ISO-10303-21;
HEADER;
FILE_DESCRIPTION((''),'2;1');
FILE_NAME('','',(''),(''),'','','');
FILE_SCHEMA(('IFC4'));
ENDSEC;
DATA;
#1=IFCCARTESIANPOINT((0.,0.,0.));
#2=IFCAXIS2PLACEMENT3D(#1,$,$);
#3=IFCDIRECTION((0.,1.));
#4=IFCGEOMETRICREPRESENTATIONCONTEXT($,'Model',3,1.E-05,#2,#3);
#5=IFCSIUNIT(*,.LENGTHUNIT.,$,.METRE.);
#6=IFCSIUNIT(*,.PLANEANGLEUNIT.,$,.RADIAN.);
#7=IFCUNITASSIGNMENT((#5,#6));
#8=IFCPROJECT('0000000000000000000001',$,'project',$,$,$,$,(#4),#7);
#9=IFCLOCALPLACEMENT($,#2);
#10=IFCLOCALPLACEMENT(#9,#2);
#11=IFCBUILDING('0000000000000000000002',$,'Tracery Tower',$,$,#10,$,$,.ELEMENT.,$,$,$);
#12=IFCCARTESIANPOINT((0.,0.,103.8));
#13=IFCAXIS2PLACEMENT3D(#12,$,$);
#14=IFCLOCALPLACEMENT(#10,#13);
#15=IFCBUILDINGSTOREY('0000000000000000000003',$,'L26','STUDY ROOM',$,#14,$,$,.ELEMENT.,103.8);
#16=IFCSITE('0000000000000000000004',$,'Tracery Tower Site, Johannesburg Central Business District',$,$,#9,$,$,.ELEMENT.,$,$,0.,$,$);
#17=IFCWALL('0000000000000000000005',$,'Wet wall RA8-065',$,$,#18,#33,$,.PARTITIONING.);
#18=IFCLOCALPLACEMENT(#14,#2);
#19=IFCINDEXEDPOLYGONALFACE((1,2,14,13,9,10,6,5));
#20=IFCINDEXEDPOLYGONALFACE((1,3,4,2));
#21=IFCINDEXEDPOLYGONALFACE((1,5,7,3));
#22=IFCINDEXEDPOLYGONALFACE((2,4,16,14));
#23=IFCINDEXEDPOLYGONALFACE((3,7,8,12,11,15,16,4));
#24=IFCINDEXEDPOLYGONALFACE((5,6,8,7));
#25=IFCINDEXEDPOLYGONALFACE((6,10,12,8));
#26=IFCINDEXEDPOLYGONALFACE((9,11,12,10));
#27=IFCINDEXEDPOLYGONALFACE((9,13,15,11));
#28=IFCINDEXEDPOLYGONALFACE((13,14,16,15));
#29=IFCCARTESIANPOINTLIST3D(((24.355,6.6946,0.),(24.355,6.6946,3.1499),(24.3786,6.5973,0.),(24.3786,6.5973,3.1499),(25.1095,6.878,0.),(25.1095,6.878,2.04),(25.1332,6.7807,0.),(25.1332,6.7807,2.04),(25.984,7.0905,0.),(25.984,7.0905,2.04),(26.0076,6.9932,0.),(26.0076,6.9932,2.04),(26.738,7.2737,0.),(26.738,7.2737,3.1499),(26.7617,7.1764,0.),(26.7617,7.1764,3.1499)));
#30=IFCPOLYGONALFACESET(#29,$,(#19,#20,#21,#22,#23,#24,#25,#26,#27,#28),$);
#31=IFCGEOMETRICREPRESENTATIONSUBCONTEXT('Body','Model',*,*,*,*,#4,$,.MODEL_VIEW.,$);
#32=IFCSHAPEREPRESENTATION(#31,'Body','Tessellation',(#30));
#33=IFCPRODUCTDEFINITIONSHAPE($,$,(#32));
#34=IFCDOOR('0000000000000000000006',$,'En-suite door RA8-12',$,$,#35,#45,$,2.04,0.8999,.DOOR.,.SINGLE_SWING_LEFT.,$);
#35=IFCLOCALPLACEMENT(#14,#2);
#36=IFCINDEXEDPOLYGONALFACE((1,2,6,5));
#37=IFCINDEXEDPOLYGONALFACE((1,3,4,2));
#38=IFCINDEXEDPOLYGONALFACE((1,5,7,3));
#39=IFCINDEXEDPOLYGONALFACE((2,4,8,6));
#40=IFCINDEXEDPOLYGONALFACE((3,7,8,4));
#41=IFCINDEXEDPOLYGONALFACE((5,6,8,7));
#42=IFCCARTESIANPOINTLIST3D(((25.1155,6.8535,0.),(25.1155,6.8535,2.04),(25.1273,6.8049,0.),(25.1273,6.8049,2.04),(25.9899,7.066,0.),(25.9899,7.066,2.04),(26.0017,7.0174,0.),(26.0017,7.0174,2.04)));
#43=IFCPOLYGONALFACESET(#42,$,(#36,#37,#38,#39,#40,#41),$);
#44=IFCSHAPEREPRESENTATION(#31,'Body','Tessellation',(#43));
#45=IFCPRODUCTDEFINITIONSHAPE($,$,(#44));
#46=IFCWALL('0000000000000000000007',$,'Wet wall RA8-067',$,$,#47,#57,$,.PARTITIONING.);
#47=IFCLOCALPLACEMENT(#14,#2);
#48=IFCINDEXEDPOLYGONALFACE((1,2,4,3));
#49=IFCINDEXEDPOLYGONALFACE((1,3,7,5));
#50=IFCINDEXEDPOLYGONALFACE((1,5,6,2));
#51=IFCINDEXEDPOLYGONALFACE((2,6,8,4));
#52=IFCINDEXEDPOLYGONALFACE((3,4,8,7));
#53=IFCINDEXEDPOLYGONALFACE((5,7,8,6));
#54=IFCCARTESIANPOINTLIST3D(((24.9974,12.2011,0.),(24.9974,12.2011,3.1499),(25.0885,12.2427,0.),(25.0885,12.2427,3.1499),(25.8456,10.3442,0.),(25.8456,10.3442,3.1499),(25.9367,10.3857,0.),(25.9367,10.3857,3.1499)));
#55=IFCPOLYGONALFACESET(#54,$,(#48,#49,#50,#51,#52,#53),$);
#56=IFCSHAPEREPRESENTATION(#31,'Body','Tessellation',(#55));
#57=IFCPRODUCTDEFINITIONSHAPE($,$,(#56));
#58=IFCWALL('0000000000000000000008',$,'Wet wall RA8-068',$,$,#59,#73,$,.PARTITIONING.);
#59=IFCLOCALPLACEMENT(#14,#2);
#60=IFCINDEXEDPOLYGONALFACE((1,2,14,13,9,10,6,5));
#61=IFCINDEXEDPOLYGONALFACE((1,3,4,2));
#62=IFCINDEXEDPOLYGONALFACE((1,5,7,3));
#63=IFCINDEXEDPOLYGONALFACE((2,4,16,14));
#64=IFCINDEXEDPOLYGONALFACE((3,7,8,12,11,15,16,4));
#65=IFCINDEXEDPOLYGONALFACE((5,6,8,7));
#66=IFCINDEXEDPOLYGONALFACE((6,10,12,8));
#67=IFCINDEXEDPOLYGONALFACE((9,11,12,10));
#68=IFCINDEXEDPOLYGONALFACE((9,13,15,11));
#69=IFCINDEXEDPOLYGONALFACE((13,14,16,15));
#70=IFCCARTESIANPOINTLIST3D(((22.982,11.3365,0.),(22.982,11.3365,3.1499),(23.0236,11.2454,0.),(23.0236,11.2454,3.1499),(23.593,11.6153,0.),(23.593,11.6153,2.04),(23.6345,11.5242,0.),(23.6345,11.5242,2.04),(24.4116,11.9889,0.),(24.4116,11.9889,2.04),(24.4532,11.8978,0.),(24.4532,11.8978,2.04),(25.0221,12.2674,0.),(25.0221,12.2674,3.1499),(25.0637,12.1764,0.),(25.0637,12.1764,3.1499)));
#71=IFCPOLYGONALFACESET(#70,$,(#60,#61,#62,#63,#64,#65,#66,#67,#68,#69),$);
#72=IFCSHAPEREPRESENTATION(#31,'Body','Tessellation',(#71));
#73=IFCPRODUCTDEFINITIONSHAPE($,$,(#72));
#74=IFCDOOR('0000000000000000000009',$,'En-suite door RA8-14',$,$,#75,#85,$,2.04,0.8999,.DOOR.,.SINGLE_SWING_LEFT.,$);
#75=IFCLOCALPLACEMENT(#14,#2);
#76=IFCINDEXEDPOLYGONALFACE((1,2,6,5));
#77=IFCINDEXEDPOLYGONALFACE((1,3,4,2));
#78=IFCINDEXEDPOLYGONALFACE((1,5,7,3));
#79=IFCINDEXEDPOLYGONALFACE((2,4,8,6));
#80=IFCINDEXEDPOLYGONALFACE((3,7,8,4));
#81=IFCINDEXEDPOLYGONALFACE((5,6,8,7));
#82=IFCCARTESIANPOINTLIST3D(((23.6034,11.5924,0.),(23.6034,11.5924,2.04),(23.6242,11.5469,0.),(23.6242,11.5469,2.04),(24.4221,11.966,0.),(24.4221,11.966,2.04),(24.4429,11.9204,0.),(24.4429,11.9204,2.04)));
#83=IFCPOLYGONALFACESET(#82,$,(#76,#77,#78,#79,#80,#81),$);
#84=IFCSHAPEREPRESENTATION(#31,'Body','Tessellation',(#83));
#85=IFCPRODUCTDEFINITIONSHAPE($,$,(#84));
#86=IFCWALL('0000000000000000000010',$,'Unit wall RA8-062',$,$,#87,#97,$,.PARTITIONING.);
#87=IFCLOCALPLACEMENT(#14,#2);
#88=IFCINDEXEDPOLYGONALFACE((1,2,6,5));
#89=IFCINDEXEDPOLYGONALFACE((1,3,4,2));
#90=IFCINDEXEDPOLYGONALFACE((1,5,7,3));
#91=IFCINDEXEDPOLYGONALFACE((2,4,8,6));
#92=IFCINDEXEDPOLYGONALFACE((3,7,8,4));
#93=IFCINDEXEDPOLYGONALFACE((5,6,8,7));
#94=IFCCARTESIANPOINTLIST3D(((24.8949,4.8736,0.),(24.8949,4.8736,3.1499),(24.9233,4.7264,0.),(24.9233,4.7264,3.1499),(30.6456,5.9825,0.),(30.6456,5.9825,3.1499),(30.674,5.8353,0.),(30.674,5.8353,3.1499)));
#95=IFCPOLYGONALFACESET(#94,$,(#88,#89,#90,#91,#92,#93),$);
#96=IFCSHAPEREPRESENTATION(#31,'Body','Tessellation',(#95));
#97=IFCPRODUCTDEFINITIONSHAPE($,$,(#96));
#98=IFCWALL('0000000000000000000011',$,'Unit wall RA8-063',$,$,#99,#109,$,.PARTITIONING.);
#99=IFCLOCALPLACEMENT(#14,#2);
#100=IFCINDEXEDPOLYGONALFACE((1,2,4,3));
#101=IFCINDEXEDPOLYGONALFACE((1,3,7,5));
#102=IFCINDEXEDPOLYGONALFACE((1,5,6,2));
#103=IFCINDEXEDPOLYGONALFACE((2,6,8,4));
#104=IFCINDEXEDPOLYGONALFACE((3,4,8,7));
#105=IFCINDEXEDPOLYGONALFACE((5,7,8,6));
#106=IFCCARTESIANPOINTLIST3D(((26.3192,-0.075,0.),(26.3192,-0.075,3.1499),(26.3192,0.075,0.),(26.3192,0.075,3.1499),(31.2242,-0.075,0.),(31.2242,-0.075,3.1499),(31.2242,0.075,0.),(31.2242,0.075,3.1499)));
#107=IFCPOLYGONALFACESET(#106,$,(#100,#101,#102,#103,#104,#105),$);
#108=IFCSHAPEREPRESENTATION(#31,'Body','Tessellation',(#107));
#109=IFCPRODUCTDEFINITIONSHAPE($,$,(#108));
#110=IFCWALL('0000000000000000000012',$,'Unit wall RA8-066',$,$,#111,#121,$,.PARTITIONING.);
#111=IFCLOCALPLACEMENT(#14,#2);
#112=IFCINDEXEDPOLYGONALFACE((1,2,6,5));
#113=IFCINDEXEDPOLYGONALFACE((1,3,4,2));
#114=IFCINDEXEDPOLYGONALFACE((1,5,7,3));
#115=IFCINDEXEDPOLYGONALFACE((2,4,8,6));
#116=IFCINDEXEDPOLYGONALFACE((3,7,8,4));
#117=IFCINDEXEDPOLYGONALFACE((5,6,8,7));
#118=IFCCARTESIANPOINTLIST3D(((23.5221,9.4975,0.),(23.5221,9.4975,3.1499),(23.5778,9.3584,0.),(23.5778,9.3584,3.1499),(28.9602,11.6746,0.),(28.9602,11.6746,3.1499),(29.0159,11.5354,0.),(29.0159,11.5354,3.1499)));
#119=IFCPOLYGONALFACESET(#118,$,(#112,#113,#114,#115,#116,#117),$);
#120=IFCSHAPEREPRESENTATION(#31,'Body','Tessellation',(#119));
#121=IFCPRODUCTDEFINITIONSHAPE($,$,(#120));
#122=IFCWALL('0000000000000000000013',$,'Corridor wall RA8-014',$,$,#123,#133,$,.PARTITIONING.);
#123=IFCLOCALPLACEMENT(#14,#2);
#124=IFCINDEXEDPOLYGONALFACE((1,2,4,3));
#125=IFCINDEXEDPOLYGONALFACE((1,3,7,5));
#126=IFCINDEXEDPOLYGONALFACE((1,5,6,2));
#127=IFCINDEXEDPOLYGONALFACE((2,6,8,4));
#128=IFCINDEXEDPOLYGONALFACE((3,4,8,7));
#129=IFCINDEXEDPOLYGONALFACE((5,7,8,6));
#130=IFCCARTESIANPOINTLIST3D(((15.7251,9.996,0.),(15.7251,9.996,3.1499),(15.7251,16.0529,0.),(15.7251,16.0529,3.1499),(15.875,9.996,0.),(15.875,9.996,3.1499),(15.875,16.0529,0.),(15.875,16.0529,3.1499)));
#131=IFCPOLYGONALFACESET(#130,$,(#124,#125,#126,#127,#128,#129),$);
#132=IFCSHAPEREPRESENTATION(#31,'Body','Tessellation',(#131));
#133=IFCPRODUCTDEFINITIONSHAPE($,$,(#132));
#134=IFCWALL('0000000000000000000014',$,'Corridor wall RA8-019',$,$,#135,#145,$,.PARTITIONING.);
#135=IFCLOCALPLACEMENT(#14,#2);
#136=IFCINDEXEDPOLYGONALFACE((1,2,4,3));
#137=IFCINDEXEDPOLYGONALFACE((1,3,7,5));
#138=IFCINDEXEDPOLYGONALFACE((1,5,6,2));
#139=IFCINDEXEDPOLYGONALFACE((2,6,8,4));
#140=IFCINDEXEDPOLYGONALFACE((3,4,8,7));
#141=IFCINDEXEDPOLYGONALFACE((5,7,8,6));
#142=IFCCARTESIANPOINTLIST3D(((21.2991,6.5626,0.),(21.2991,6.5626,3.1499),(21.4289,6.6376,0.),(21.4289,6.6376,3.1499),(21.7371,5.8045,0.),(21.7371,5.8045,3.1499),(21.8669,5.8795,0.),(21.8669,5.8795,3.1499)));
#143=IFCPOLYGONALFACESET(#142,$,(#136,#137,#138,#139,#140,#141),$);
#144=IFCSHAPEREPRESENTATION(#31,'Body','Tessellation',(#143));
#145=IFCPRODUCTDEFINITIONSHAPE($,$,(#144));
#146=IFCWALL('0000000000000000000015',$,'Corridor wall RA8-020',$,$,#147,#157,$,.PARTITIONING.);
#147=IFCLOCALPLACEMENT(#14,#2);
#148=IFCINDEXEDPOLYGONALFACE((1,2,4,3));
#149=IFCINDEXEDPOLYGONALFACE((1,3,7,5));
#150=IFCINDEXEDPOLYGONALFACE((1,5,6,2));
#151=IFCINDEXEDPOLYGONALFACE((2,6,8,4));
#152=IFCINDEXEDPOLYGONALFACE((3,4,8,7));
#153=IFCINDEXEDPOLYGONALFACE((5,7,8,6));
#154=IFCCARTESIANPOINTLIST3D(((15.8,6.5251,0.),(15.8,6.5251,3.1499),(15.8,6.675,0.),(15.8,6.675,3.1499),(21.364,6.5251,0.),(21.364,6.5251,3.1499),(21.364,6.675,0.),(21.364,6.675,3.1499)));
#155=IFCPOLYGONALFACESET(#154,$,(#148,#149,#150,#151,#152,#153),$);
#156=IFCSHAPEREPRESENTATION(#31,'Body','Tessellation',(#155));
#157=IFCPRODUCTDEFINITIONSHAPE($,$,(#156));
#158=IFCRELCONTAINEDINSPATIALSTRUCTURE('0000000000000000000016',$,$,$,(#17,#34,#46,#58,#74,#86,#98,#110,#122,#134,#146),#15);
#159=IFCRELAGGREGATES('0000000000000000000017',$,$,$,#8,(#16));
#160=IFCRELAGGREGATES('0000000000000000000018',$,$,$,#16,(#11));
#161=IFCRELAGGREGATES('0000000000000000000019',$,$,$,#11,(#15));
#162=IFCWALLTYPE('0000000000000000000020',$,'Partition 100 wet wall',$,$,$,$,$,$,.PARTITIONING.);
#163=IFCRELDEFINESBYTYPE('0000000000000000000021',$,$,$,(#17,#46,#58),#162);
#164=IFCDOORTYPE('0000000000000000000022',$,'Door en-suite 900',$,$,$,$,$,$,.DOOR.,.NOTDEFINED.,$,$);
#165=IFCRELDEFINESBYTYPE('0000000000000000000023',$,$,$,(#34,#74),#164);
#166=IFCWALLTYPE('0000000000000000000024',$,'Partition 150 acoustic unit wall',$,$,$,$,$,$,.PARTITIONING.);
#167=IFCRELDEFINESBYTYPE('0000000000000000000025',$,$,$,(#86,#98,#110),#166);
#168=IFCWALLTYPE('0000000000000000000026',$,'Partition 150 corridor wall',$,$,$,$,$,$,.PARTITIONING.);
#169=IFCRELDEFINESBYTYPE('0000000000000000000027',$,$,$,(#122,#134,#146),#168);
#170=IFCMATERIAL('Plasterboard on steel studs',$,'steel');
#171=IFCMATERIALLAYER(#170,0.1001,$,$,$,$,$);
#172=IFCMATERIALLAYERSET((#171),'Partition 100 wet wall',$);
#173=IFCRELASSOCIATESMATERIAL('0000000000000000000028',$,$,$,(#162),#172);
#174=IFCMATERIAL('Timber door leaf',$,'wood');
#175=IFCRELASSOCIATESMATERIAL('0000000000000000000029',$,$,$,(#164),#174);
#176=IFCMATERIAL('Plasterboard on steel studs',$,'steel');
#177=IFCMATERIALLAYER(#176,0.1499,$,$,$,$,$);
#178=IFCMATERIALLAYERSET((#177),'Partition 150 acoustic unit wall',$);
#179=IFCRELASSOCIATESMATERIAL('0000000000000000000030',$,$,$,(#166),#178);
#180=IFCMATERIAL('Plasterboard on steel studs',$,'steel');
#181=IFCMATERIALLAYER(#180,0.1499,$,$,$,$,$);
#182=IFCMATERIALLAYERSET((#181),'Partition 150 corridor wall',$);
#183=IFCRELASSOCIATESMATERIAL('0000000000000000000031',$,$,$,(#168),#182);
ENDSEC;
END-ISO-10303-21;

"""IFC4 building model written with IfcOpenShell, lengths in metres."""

from ifc_helpers import new_model, si_unit, direction, frame, frame_2d, origin, place, context, subcontext, project, spatial, rectangle, extrude, material, layer, layer_set, type_object, element, fill, save


model = new_model("IFC4")

# Units and contexts
model_context = context("Model", 3, precision=1e-05, world=origin(), true_north=direction((0.0, 1.0)))
body_context = subcontext(model_context, "Body", "Model", "MODEL_VIEW")
ifc_project = project(units=[si_unit("LENGTHUNIT", "METRE"), si_unit("PLANEANGLEUNIT", "RADIAN")], contexts=[model_context])

# Site, building, storey
site_placement = place(None, origin())
site = spatial("IfcSite", under=ifc_project, at=site_placement, Name="Tracery Tower Site, Johannesburg Central Business District", CompositionType="ELEMENT", RefElevation=0.0)
building_placement = place(site_placement, origin())
building = spatial("IfcBuilding", under=site, at=building_placement, Name="Tracery Tower", CompositionType="ELEMENT")
storey_placement = place(building_placement, frame((0.0, 0.0, 103.8)))
storey = spatial("IfcBuildingStorey", under=building, at=storey_placement, Name="L26", Description="STUDY ROOM", CompositionType="ELEMENT", Elevation=103.8)

# Shared definitions
ifc_material_1 = material(Name="Plasterboard on steel studs", Category="steel")
ifc_layer_1 = layer(ifc_material_1, 0.1001)
ifc_layer_set_1 = layer_set([ifc_layer_1], Name="Partition 100 wet wall")
wall_type_1 = type_object("IfcWallType", Name="Partition 100 wet wall", PredefinedType="PARTITIONING", material=ifc_layer_set_1)

# Shared definitions
ifc_material_2 = material(Name="Timber door leaf", Category="wood")
door_type = type_object("IfcDoorType", Name="Door en-suite 900", OperationType="NOTDEFINED", PredefinedType="DOOR", material=ifc_material_2)

# Wall, opening, door
wall_1_placement = place(storey_placement, frame((24.3669, 6.646, 0.0), z_axis=(0.0, 0.0, 1.0), x_axis=(0.97172, 0.236136, 0.0)))
wall_1 = element("IfcWall", 1, at=wall_1_placement, inside=storey, type_object=wall_type_1, Name="Wet wall RA8-065", PredefinedType="PARTITIONING", context=body_context, shape_type="SweptSolid", body=[
    extrude(rectangle(XDim=2.4524, YDim=0.1001, at=frame_2d((1.2261, 0.0))), origin(), (0.0, 0.0, 1.0), 3.1499),
])
opening_1_placement = place(wall_1_placement, frame((0.7764, 0.0, 0.0)))
opening_1 = element("IfcOpeningElement", 2, at=opening_1_placement, cuts=wall_1, PredefinedType="OPENING", context=body_context, shape_type="SweptSolid", body=[
    extrude(rectangle(XDim=0.8999, YDim=2.04, at=frame_2d((0.45, 1.02))), frame((0.0, 0.05, 0.0), z_axis=(0.0, -1.0, 0.0), x_axis=(1.0, 0.0, 0.0)), (0.0, 0.0, 1.0), 0.1001),
])
door_1_placement = place(opening_1_placement, origin())
door_1 = element("IfcDoor", 3, at=door_1_placement, inside=storey, type_object=door_type, Name="En-suite door RA8-12", OperationType="SINGLE_SWING_LEFT", OverallHeight=2.04, OverallWidth=0.8999, PredefinedType="DOOR", context=body_context, shape_type="SweptSolid", body=[
    extrude(rectangle(XDim=0.8999, YDim=2.04, at=frame_2d((0.45, 1.02))), frame((0.0, 0.0249, 0.0), z_axis=(0.0, -1.0, 0.0), x_axis=(1.0, 0.0, 0.0)), (0.0, 0.0, 1.0), 0.05),
])
fill(opening_1, door_1)

# Wall
wall_2_placement = place(storey_placement, frame((25.043, 12.2219, 0.0), z_axis=(0.0, 0.0, 1.0), x_axis=(0.41546, -0.909611, 0.0)))
element("IfcWall", 4, at=wall_2_placement, inside=storey, type_object=wall_type_1, Name="Wet wall RA8-067", PredefinedType="PARTITIONING", context=body_context, shape_type="SweptSolid", body=[
    extrude(rectangle(XDim=2.0415, YDim=0.1001, at=frame_2d((1.0208, 0.0))), origin(), (0.0, 0.0, 1.0), 3.1499),
])

# Wall, opening, door
wall_3_placement = place(storey_placement, frame((23.0029, 11.291, 0.0), z_axis=(0.0, 0.0, 1.0), x_axis=(0.909758, 0.41514, 0.0)))
wall_3 = element("IfcWall", 5, at=wall_3_placement, inside=storey, type_object=wall_type_1, Name="Wet wall RA8-068", PredefinedType="PARTITIONING", context=body_context, shape_type="SweptSolid", body=[
    extrude(rectangle(XDim=2.2424, YDim=0.1001, at=frame_2d((1.1211, 0.0))), origin(), (0.0, 0.0, 1.0), 3.1499),
])
opening_2_placement = place(wall_3_placement, frame((0.6714, 0.0, 0.0)))
opening_2 = element("IfcOpeningElement", 6, at=opening_2_placement, cuts=wall_3, PredefinedType="OPENING", context=body_context, shape_type="SweptSolid", body=[
    extrude(rectangle(XDim=0.8999, YDim=2.04, at=frame_2d((0.45, 1.02))), frame((0.0, 0.05, 0.0), z_axis=(0.0, -1.0, 0.0), x_axis=(1.0, 0.0, 0.0)), (0.0, 0.0, 1.0), 0.1001),
])
door_2_placement = place(opening_2_placement, origin())
door_2 = element("IfcDoor", 7, at=door_2_placement, inside=storey, type_object=door_type, Name="En-suite door RA8-14", OperationType="SINGLE_SWING_LEFT", OverallHeight=2.04, OverallWidth=0.8999, PredefinedType="DOOR", context=body_context, shape_type="SweptSolid", body=[
    extrude(rectangle(XDim=0.8999, YDim=2.04, at=frame_2d((0.45, 1.02))), frame((0.0, 0.0249, 0.0), z_axis=(0.0, -1.0, 0.0), x_axis=(1.0, 0.0, 0.0)), (0.0, 0.0, 1.0), 0.05),
])
fill(opening_2, door_2)

# Walls
ifc_material_3 = material(Name="Plasterboard on steel studs", Category="steel")
ifc_layer_2 = layer(ifc_material_3, 0.1499)
ifc_layer_set_2 = layer_set([ifc_layer_2], Name="Partition 150 acoustic unit wall")
wall_type_2 = type_object("IfcWallType", Name="Partition 150 acoustic unit wall", PredefinedType="PARTITIONING", material=ifc_layer_set_2)
wall_4_placement = place(storey_placement, frame((24.9092, 4.8, 0.0), z_axis=(0.0, 0.0, 1.0), x_axis=(0.981912, 0.189337, 0.0)))
element("IfcWall", 8, at=wall_4_placement, inside=storey, type_object=wall_type_2, Name="Unit wall RA8-062", PredefinedType="PARTITIONING", context=body_context, shape_type="SweptSolid", body=[
    extrude(rectangle(XDim=5.8567, YDim=0.1499, at=frame_2d((2.9282, 0.0))), origin(), (0.0, 0.0, 1.0), 3.1499),
])
wall_5_placement = place(storey_placement, frame((26.3191, 0.0, 0.0), z_axis=(0.0, 0.0, 1.0), x_axis=(1.0, 0.0, 0.0)))
element("IfcWall", 9, at=wall_5_placement, inside=storey, type_object=wall_type_2, Name="Unit wall RA8-063", PredefinedType="PARTITIONING", context=body_context, shape_type="SweptSolid", body=[
    extrude(rectangle(XDim=4.905, YDim=0.1499, at=frame_2d((2.4526, 0.0))), origin(), (0.0, 0.0, 1.0), 3.1499),
])
wall_6_placement = place(storey_placement, frame((23.55, 9.428, 0.0), z_axis=(0.0, 0.0, 1.0), x_axis=(0.92837, 0.371657, 0.0)))
element("IfcWall", 10, at=wall_6_placement, inside=storey, type_object=wall_type_2, Name="Unit wall RA8-066", PredefinedType="PARTITIONING", context=body_context, shape_type="SweptSolid", body=[
    extrude(rectangle(XDim=5.8577, YDim=0.1499, at=frame_2d((2.9287, 0.0))), origin(), (0.0, 0.0, 1.0), 3.1499),
])
ifc_material_4 = material(Name="Plasterboard on steel studs", Category="steel")
ifc_layer_3 = layer(ifc_material_4, 0.1499)
ifc_layer_set_3 = layer_set([ifc_layer_3], Name="Partition 150 corridor wall")
wall_type_3 = type_object("IfcWallType", Name="Partition 150 corridor wall", PredefinedType="PARTITIONING", material=ifc_layer_set_3)
wall_7_placement = place(storey_placement, frame((15.8, 9.9961, 0.0), z_axis=(0.0, 0.0, 1.0), x_axis=(0.0, 1.0, 0.0)))
element("IfcWall", 11, at=wall_7_placement, inside=storey, type_object=wall_type_3, Name="Corridor wall RA8-014", PredefinedType="PARTITIONING", context=body_context, shape_type="SweptSolid", body=[
    extrude(rectangle(XDim=6.0569, YDim=0.1499, at=frame_2d((3.0283, 0.0))), origin(), (0.0, 0.0, 1.0), 3.1499),
])
wall_8_placement = place(storey_placement, frame((21.364, 6.6001, 0.0), z_axis=(0.0, 0.0, 1.0), x_axis=(0.500278, -0.865865, 0.0)))
element("IfcWall", 12, at=wall_8_placement, inside=storey, type_object=wall_type_3, Name="Corridor wall RA8-019", PredefinedType="PARTITIONING", context=body_context, shape_type="SweptSolid", body=[
    extrude(rectangle(XDim=0.8755, YDim=0.1499, at=frame_2d((0.4377, 0.0))), origin(), (0.0, 0.0, 1.0), 3.1499),
])
wall_9_placement = place(storey_placement, frame((15.8, 6.6001, 0.0), z_axis=(0.0, 0.0, 1.0), x_axis=(1.0, 0.0, 0.0)))
element("IfcWall", 13, at=wall_9_placement, inside=storey, type_object=wall_type_3, Name="Corridor wall RA8-020", PredefinedType="PARTITIONING", context=body_context, shape_type="SweptSolid", body=[
    extrude(rectangle(XDim=5.564, YDim=0.1499, at=frame_2d((2.782, 0.0))), origin(), (0.0, 0.0, 1.0), 3.1499),
])

save(model, "model.ifc")
